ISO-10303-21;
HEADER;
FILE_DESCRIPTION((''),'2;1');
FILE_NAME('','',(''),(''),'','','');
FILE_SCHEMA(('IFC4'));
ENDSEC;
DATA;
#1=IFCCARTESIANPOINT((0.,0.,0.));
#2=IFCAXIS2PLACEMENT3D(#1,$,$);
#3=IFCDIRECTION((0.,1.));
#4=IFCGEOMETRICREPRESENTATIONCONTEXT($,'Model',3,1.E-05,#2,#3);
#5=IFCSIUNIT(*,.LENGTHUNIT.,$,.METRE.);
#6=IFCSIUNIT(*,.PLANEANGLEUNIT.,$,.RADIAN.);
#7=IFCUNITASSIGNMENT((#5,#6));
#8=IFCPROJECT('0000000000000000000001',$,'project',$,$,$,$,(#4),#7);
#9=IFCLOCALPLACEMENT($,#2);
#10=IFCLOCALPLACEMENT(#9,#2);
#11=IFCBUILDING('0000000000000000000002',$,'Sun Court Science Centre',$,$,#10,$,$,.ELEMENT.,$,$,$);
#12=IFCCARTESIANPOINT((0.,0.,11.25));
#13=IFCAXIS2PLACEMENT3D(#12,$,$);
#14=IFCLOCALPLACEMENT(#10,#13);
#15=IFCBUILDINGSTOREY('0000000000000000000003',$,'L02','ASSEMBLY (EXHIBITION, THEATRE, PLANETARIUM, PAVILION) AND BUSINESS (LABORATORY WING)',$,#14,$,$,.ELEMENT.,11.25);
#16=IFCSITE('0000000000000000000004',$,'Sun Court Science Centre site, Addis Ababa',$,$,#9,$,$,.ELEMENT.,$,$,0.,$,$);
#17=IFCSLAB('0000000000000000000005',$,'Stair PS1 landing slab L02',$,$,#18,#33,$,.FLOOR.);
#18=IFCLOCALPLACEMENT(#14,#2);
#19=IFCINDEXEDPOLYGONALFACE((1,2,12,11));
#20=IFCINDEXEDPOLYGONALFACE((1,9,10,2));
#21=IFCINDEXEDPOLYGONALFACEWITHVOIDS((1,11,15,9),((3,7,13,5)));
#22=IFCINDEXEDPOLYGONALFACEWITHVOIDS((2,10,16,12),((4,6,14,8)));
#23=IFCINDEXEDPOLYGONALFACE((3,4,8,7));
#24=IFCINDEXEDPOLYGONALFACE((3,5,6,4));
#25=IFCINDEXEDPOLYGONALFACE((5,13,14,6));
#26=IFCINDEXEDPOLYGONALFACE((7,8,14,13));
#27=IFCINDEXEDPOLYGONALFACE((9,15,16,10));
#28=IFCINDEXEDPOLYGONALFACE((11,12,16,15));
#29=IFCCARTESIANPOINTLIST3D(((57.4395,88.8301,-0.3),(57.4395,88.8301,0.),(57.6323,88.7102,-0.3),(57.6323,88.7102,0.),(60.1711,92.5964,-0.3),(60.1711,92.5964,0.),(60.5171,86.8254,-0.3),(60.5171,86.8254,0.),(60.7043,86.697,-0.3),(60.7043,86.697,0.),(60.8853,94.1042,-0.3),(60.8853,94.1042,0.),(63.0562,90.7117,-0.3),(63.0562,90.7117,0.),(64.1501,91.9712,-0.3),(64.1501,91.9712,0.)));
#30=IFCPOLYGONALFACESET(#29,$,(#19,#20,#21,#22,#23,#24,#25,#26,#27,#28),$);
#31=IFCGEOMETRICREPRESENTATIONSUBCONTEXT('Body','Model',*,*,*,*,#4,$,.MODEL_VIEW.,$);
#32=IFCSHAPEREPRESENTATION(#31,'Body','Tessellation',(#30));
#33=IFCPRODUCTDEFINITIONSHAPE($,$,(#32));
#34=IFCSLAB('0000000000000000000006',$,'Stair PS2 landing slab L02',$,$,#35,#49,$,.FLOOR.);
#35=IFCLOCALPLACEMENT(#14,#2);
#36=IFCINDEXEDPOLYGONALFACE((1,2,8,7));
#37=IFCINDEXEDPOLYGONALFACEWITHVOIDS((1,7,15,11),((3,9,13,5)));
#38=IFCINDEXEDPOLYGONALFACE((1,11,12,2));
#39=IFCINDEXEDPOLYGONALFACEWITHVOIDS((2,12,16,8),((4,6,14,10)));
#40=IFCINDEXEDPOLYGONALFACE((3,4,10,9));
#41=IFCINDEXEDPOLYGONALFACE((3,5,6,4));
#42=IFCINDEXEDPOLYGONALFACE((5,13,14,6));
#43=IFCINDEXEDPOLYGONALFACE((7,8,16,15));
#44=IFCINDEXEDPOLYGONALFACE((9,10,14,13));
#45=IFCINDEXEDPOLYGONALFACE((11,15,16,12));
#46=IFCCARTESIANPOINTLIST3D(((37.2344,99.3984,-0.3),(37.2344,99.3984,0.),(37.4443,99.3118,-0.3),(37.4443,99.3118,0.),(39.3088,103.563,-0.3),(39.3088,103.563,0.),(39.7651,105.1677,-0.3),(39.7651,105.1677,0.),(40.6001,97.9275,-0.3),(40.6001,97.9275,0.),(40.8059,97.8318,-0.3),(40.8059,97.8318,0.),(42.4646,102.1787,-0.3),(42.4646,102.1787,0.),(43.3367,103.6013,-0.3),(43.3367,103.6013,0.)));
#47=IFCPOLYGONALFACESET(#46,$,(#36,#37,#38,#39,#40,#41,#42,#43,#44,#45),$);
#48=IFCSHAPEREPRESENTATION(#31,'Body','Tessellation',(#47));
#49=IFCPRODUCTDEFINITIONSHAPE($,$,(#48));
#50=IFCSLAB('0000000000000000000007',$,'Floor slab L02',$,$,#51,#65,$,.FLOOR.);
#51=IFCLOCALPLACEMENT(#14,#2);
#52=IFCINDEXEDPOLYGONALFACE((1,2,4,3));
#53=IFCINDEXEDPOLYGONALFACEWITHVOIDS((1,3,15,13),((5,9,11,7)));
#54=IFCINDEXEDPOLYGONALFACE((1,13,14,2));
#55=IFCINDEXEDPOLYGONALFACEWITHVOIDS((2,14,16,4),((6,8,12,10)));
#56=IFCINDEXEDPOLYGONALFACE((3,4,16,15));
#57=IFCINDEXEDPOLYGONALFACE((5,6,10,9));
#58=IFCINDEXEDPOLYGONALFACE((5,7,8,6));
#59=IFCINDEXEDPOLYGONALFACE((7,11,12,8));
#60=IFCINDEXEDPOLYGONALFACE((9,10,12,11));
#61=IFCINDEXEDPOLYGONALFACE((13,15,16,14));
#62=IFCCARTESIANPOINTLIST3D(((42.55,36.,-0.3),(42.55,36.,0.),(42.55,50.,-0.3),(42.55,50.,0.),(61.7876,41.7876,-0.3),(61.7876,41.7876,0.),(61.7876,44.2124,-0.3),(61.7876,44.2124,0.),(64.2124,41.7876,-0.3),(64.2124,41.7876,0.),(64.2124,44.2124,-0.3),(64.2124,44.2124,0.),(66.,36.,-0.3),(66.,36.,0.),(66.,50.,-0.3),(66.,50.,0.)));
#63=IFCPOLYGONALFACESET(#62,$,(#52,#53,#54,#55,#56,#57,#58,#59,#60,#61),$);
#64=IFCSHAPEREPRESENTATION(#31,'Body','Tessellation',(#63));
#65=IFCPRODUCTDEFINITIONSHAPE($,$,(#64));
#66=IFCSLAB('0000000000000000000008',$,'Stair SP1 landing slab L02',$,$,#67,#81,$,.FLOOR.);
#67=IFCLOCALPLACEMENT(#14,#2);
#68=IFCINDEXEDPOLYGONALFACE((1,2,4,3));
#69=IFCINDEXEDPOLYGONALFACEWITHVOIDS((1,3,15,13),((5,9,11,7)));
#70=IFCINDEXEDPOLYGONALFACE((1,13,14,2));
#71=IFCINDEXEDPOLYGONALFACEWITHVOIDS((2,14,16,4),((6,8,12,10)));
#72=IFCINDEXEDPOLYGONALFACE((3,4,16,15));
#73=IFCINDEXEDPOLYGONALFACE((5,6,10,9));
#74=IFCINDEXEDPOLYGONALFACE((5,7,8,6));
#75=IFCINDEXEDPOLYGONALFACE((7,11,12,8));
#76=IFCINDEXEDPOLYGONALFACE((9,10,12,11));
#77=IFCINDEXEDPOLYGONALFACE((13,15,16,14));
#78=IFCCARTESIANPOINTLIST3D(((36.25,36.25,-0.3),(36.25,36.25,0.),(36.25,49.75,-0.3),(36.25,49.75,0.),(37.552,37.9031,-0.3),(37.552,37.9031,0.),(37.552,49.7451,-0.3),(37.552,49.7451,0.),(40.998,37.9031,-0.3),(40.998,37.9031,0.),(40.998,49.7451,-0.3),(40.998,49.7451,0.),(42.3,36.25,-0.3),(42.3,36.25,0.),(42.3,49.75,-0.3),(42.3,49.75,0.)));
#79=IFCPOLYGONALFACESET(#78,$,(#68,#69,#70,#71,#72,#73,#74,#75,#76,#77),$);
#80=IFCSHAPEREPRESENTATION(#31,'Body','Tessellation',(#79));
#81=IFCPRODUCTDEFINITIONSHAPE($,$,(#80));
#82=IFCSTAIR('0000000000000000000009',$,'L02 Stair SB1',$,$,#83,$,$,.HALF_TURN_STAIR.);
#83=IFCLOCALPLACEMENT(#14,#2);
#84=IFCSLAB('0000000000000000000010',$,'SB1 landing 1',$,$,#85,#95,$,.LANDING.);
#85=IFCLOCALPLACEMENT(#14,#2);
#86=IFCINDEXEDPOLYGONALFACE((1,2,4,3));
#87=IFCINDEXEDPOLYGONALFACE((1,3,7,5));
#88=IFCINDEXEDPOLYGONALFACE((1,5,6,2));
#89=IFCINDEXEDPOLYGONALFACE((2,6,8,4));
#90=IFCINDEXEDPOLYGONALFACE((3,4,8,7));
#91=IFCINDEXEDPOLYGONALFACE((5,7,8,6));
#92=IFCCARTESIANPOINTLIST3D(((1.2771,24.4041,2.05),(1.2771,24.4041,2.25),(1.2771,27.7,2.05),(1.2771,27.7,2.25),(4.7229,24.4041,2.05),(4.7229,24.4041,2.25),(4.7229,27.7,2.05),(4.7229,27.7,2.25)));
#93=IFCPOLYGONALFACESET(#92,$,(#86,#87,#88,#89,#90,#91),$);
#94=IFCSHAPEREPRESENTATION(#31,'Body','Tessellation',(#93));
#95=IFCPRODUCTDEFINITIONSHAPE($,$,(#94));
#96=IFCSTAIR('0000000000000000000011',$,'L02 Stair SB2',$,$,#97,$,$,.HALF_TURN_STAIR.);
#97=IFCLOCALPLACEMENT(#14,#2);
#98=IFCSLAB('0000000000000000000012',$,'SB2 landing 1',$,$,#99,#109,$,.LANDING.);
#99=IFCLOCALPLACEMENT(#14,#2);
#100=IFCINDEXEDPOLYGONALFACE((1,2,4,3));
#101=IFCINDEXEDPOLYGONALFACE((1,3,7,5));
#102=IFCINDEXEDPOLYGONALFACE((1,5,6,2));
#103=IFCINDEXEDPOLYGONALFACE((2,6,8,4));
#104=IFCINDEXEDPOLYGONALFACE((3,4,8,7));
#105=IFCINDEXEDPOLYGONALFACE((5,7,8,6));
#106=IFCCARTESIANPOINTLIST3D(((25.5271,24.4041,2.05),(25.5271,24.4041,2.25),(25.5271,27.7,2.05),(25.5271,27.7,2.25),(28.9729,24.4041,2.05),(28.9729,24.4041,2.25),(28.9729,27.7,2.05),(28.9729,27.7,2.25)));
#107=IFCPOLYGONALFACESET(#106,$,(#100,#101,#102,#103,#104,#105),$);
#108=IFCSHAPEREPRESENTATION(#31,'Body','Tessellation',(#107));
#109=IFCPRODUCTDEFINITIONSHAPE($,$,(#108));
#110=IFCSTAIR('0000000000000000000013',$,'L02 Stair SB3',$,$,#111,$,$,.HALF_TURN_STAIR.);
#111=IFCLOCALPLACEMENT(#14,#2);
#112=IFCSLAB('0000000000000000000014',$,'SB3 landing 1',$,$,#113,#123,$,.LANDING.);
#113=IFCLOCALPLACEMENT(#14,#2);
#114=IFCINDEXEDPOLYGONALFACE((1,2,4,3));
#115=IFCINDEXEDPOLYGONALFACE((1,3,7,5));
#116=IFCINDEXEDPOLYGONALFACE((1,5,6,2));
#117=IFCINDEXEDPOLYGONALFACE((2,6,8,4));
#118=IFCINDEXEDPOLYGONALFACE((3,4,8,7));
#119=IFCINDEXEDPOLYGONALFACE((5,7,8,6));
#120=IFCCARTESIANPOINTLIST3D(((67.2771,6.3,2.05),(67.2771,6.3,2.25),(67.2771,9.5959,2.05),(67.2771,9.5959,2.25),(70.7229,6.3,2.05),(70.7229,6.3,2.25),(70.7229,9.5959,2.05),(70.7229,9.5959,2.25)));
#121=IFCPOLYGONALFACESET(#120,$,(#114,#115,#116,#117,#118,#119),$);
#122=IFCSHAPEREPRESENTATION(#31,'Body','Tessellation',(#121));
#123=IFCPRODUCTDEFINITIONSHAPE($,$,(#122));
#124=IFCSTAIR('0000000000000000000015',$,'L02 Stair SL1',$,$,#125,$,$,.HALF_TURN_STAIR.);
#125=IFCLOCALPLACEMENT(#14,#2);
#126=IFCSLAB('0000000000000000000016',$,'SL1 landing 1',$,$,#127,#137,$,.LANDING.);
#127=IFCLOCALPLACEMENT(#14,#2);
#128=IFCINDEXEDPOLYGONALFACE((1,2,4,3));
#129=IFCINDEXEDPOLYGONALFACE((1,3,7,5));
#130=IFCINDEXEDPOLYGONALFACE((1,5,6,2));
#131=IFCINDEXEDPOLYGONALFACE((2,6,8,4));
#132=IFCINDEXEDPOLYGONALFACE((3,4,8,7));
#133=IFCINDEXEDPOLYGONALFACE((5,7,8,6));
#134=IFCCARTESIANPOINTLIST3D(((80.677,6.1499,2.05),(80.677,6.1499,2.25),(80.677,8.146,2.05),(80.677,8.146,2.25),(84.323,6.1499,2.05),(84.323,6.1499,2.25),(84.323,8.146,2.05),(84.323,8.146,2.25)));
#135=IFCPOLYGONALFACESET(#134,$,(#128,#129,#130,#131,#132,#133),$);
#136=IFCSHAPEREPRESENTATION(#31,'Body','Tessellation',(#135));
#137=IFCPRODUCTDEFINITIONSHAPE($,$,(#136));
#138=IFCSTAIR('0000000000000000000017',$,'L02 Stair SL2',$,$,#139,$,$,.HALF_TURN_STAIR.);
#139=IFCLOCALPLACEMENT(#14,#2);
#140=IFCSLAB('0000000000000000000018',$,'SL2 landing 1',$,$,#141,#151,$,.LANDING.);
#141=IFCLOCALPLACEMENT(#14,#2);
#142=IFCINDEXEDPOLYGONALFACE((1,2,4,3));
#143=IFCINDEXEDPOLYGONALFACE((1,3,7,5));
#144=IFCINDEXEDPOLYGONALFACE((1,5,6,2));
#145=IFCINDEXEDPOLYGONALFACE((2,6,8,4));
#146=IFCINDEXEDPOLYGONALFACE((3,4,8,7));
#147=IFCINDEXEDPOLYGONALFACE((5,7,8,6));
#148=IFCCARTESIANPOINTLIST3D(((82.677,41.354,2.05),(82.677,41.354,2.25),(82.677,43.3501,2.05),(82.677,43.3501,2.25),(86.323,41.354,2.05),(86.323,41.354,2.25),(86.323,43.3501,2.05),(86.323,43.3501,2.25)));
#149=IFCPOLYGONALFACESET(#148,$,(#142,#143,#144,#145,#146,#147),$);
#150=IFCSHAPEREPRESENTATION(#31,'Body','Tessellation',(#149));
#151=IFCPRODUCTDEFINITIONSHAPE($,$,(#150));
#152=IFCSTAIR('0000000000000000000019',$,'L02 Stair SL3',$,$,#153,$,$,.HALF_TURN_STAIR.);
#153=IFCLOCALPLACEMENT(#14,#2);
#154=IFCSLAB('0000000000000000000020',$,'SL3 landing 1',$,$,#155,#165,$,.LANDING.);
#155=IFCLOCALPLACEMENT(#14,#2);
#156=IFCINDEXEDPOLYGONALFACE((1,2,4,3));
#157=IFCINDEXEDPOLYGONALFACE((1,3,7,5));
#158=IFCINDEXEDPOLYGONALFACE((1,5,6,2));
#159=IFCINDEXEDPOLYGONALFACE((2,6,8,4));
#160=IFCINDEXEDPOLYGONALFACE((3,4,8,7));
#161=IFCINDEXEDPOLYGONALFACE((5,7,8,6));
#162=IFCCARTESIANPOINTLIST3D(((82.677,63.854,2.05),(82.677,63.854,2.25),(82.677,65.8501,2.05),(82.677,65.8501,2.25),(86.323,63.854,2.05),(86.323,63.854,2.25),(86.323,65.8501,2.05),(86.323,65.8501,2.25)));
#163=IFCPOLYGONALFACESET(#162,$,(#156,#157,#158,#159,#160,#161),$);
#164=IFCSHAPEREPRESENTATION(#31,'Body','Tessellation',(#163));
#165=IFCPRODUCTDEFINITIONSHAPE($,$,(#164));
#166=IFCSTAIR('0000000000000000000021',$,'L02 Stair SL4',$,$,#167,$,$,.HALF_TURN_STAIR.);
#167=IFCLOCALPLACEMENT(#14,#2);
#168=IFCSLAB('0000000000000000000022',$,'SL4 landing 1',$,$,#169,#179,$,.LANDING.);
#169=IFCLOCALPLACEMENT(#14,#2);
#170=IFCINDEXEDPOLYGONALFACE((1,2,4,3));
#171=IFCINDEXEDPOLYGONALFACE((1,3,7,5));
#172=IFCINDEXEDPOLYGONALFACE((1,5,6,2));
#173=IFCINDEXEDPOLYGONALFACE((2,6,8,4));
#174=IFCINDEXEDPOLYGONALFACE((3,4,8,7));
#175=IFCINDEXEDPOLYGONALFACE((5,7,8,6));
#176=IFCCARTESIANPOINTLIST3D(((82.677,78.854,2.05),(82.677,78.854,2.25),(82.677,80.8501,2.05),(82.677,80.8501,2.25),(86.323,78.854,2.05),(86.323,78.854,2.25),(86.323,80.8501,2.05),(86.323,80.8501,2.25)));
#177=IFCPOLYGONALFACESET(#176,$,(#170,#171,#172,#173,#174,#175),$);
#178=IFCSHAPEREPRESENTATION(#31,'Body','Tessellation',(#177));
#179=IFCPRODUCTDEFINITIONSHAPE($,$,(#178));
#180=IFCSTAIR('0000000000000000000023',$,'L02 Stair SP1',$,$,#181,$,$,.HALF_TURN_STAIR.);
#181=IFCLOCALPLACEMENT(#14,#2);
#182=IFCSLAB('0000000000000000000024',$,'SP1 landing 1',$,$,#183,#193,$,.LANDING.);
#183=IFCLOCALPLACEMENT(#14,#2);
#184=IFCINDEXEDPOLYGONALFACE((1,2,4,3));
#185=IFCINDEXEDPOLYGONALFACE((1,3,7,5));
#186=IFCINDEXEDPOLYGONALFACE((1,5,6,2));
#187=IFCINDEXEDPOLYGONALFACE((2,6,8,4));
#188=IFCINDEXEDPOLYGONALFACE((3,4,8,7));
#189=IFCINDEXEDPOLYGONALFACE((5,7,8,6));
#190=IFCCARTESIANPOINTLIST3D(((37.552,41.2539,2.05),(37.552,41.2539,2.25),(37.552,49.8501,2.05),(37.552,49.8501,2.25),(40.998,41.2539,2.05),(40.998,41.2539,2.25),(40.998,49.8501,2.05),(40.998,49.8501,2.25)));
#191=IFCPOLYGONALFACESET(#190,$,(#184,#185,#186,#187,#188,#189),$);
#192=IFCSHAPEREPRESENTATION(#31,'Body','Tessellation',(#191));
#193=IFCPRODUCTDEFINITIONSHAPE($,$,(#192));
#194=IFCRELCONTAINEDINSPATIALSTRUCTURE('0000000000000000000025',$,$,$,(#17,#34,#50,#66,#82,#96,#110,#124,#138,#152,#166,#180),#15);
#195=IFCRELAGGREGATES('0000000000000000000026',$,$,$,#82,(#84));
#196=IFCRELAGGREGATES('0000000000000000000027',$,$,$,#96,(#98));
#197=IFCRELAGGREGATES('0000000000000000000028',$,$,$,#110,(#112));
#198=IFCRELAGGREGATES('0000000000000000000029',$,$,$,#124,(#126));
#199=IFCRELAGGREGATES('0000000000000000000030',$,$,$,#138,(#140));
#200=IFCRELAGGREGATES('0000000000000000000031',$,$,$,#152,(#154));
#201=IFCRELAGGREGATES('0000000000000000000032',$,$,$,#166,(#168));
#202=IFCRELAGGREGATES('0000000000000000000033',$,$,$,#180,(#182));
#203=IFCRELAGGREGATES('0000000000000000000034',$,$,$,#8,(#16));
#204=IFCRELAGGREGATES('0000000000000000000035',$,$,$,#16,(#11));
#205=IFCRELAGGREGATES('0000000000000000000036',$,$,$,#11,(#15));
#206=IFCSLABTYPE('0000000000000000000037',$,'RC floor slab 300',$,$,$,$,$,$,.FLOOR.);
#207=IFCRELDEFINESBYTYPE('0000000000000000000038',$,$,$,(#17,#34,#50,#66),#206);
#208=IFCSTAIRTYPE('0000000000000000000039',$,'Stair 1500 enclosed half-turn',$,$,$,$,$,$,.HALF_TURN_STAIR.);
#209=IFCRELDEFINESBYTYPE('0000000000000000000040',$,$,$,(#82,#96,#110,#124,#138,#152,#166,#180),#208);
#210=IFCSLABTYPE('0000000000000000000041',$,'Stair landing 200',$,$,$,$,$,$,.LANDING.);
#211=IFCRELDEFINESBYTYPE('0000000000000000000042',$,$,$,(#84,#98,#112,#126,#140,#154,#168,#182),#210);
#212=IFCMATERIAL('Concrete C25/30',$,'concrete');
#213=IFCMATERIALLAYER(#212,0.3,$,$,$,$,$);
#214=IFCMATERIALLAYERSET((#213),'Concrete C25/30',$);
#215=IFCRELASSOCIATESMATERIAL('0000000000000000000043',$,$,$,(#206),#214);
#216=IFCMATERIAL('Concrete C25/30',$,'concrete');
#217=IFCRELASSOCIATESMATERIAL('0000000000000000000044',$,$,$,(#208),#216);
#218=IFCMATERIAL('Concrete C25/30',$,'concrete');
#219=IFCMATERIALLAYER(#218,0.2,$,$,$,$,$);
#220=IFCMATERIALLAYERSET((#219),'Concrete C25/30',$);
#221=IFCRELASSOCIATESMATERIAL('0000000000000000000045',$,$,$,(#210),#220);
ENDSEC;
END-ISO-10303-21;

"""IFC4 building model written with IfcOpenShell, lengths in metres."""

from ifc_helpers import new_model, si_unit, direction, frame, origin, place, context, subcontext, project, spatial, polyline, outline, extrude, material, layer, layer_set, type_object, element, aggregate, save


model = new_model("IFC4")

# Units and contexts
model_context = context("Model", 3, precision=1e-05, world=origin(), true_north=direction((0.0, 1.0)))
body_context = subcontext(model_context, "Body", "Model", "MODEL_VIEW")
ifc_project = project(units=[si_unit("LENGTHUNIT", "METRE"), si_unit("PLANEANGLEUNIT", "RADIAN")], contexts=[model_context])

# Site, building, storey
site_placement = place(None, origin())
site = spatial("IfcSite", under=ifc_project, at=site_placement, Name="Sun Court Science Centre site, Addis Ababa", CompositionType="ELEMENT", RefElevation=0.0)
building_placement = place(site_placement, origin())
building = spatial("IfcBuilding", under=site, at=building_placement, Name="Sun Court Science Centre", CompositionType="ELEMENT")
storey_placement = place(building_placement, frame((0.0, 0.0, 11.25)))
storey = spatial("IfcBuildingStorey", under=building, at=storey_placement, Name="L02", Description="ASSEMBLY (EXHIBITION, THEATRE, PLANETARIUM, PAVILION) AND BUSINESS (LABORATORY WING)", CompositionType="ELEMENT", Elevation=11.25)

# Slabs
ifc_material_1 = material(Name="Concrete C25/30", Category="concrete")
ifc_layer_1 = layer(ifc_material_1, 0.3)
ifc_layer_set_1 = layer_set([ifc_layer_1], Name="Concrete C25/30")
slab_type_1 = type_object("IfcSlabType", Name="RC floor slab 300", PredefinedType="FLOOR", material=ifc_layer_set_1)
slab_1_placement = place(storey_placement, frame((0.0, 0.0, -0.3)))
element("IfcSlab", 1, at=slab_1_placement, inside=storey, type_object=slab_type_1, Name="Stair PS1 landing slab L02", PredefinedType="FLOOR", context=body_context, shape_type="SweptSolid", body=[
    extrude(outline(polyline([(60.8853, 94.1042), (57.4395, 88.8301), (60.7043, 86.697), (64.1501, 91.9712), (60.8853, 94.1042)]), holes=[polyline([(57.6323, 88.7102), (60.1711, 92.5964), (63.0562, 90.7117), (60.5171, 86.8254), (57.6323, 88.7102)])]), origin(), (0.0, 0.0, 1.0), 0.3),
])
slab_2_placement = place(storey_placement, frame((0.0, 0.0, -0.3)))
element("IfcSlab", 2, at=slab_2_placement, inside=storey, type_object=slab_type_1, Name="Stair PS2 landing slab L02", PredefinedType="FLOOR", context=body_context, shape_type="SweptSolid", body=[
    extrude(outline(polyline([(40.8059, 97.8318), (43.3367, 103.6013), (39.7651, 105.1677), (37.2344, 99.3984), (40.8059, 97.8318)]), holes=[polyline([(37.4443, 99.3118), (39.3088, 103.563), (42.4646, 102.1787), (40.6001, 97.9275), (37.4443, 99.3118)])]), origin(), (0.0, 0.0, 1.0), 0.3),
])
slab_3_placement = place(storey_placement, frame((0.0, 0.0, -0.3)))
element("IfcSlab", 3, at=slab_3_placement, inside=storey, type_object=slab_type_1, Name="Floor slab L02", PredefinedType="FLOOR", context=body_context, shape_type="SweptSolid", body=[
    extrude(outline(polyline([(66.0, 50.0), (42.55, 50.0), (42.55, 36.0), (66.0, 36.0), (66.0, 50.0)]), holes=[polyline([(61.7876, 41.7876), (61.7876, 44.2124), (64.2124, 44.2124), (64.2124, 41.7876), (61.7876, 41.7876)])]), origin(), (0.0, 0.0, 1.0), 0.3),
])
slab_4_placement = place(storey_placement, frame((0.0, 0.0, -0.3)))
element("IfcSlab", 4, at=slab_4_placement, inside=storey, type_object=slab_type_1, Name="Stair SP1 landing slab L02", PredefinedType="FLOOR", context=body_context, shape_type="SweptSolid", body=[
    extrude(outline(polyline([(36.25, 49.75), (36.25, 36.25), (42.3, 36.25), (42.3, 49.75), (36.25, 49.75)]), holes=[polyline([(40.998, 49.7451), (40.998, 37.9031), (37.552, 37.9031), (37.552, 49.7451), (40.998, 49.7451)])]), origin(), (0.0, 0.0, 1.0), 0.3),
])

# Stairs, slabs
ifc_material_2 = material(Name="Concrete C25/30", Category="concrete")
stair_type = type_object("IfcStairType", Name="Stair 1500 enclosed half-turn", PredefinedType="HALF_TURN_STAIR", material=ifc_material_2)
stair_1_placement = place(storey_placement, origin())
stair_1 = element("IfcStair", 5, at=stair_1_placement, inside=storey, type_object=stair_type, Name="L02 Stair SB1", PredefinedType="HALF_TURN_STAIR")
ifc_material_3 = material(Name="Concrete C25/30", Category="concrete")
ifc_layer_2 = layer(ifc_material_3, 0.2)
ifc_layer_set_2 = layer_set([ifc_layer_2], Name="Concrete C25/30")
slab_type_2 = type_object("IfcSlabType", Name="Stair landing 200", PredefinedType="LANDING", material=ifc_layer_set_2)
slab_5_placement = place(storey_placement, frame((0.0, 0.0, 2.05)))
slab_5 = element("IfcSlab", 6, at=slab_5_placement, type_object=slab_type_2, Name="SB1 landing 1", PredefinedType="LANDING", context=body_context, shape_type="SweptSolid", body=[
    extrude(outline(polyline([(4.7229, 24.4041), (4.7229, 27.7), (1.2771, 27.7), (1.2771, 24.4041), (4.7229, 24.4041)])), origin(), (0.0, 0.0, 1.0), 0.2),
])
aggregate(stair_1, [slab_5])
stair_2_placement = place(storey_placement, origin())
stair_2 = element("IfcStair", 7, at=stair_2_placement, inside=storey, type_object=stair_type, Name="L02 Stair SB2", PredefinedType="HALF_TURN_STAIR")
slab_6_placement = place(storey_placement, frame((0.0, 0.0, 2.05)))
slab_6 = element("IfcSlab", 8, at=slab_6_placement, type_object=slab_type_2, Name="SB2 landing 1", PredefinedType="LANDING", context=body_context, shape_type="SweptSolid", body=[
    extrude(outline(polyline([(28.9729, 24.4041), (28.9729, 27.7), (25.5271, 27.7), (25.5271, 24.4041), (28.9729, 24.4041)])), origin(), (0.0, 0.0, 1.0), 0.2),
])
aggregate(stair_2, [slab_6])
stair_3_placement = place(storey_placement, origin())
stair_3 = element("IfcStair", 9, at=stair_3_placement, inside=storey, type_object=stair_type, Name="L02 Stair SB3", PredefinedType="HALF_TURN_STAIR")
slab_7_placement = place(storey_placement, frame((0.0, 0.0, 2.05)))
slab_7 = element("IfcSlab", 10, at=slab_7_placement, type_object=slab_type_2, Name="SB3 landing 1", PredefinedType="LANDING", context=body_context, shape_type="SweptSolid", body=[
    extrude(outline(polyline([(67.2771, 9.5959), (67.2771, 6.3), (70.7229, 6.3), (70.7229, 9.5959), (67.2771, 9.5959)])), origin(), (0.0, 0.0, 1.0), 0.2),
])
aggregate(stair_3, [slab_7])
stair_4_placement = place(storey_placement, origin())
stair_4 = element("IfcStair", 11, at=stair_4_placement, inside=storey, type_object=stair_type, Name="L02 Stair SL1", PredefinedType="HALF_TURN_STAIR")
slab_8_placement = place(storey_placement, frame((0.0, 0.0, 2.05)))
slab_8 = element("IfcSlab", 12, at=slab_8_placement, type_object=slab_type_2, Name="SL1 landing 1", PredefinedType="LANDING", context=body_context, shape_type="SweptSolid", body=[
    extrude(outline(polyline([(80.677, 8.146), (80.677, 6.1499), (84.323, 6.1499), (84.323, 8.146), (80.677, 8.146)])), origin(), (0.0, 0.0, 1.0), 0.2),
])
aggregate(stair_4, [slab_8])
stair_5_placement = place(storey_placement, origin())
stair_5 = element("IfcStair", 13, at=stair_5_placement, inside=storey, type_object=stair_type, Name="L02 Stair SL2", PredefinedType="HALF_TURN_STAIR")
slab_9_placement = place(storey_placement, frame((0.0, 0.0, 2.05)))
slab_9 = element("IfcSlab", 14, at=slab_9_placement, type_object=slab_type_2, Name="SL2 landing 1", PredefinedType="LANDING", context=body_context, shape_type="SweptSolid", body=[
    extrude(outline(polyline([(86.323, 41.354), (86.323, 43.3501), (82.677, 43.3501), (82.677, 41.354), (86.323, 41.354)])), origin(), (0.0, 0.0, 1.0), 0.2),
])
aggregate(stair_5, [slab_9])
stair_6_placement = place(storey_placement, origin())
stair_6 = element("IfcStair", 15, at=stair_6_placement, inside=storey, type_object=stair_type, Name="L02 Stair SL3", PredefinedType="HALF_TURN_STAIR")
slab_10_placement = place(storey_placement, frame((0.0, 0.0, 2.05)))
slab_10 = element("IfcSlab", 16, at=slab_10_placement, type_object=slab_type_2, Name="SL3 landing 1", PredefinedType="LANDING", context=body_context, shape_type="SweptSolid", body=[
    extrude(outline(polyline([(86.323, 63.854), (86.323, 65.8501), (82.677, 65.8501), (82.677, 63.854), (86.323, 63.854)])), origin(), (0.0, 0.0, 1.0), 0.2),
])
aggregate(stair_6, [slab_10])
stair_7_placement = place(storey_placement, origin())
stair_7 = element("IfcStair", 17, at=stair_7_placement, inside=storey, type_object=stair_type, Name="L02 Stair SL4", PredefinedType="HALF_TURN_STAIR")
slab_11_placement = place(storey_placement, frame((0.0, 0.0, 2.05)))
slab_11 = element("IfcSlab", 18, at=slab_11_placement, type_object=slab_type_2, Name="SL4 landing 1", PredefinedType="LANDING", context=body_context, shape_type="SweptSolid", body=[
    extrude(outline(polyline([(86.323, 78.854), (86.323, 80.8501), (82.677, 80.8501), (82.677, 78.854), (86.323, 78.854)])), origin(), (0.0, 0.0, 1.0), 0.2),
])
aggregate(stair_7, [slab_11])
stair_8_placement = place(storey_placement, origin())
stair_8 = element("IfcStair", 19, at=stair_8_placement, inside=storey, type_object=stair_type, Name="L02 Stair SP1", PredefinedType="HALF_TURN_STAIR")
slab_12_placement = place(storey_placement, frame((0.0, 0.0, 2.05)))
slab_12 = element("IfcSlab", 20, at=slab_12_placement, type_object=slab_type_2, Name="SP1 landing 1", PredefinedType="LANDING", context=body_context, shape_type="SweptSolid", body=[
    extrude(outline(polyline([(40.998, 41.2539), (40.998, 49.8501), (37.552, 49.8501), (37.552, 41.2539), (40.998, 41.2539)])), origin(), (0.0, 0.0, 1.0), 0.2),
])
aggregate(stair_8, [slab_12])

save(model, "model.ifc")
